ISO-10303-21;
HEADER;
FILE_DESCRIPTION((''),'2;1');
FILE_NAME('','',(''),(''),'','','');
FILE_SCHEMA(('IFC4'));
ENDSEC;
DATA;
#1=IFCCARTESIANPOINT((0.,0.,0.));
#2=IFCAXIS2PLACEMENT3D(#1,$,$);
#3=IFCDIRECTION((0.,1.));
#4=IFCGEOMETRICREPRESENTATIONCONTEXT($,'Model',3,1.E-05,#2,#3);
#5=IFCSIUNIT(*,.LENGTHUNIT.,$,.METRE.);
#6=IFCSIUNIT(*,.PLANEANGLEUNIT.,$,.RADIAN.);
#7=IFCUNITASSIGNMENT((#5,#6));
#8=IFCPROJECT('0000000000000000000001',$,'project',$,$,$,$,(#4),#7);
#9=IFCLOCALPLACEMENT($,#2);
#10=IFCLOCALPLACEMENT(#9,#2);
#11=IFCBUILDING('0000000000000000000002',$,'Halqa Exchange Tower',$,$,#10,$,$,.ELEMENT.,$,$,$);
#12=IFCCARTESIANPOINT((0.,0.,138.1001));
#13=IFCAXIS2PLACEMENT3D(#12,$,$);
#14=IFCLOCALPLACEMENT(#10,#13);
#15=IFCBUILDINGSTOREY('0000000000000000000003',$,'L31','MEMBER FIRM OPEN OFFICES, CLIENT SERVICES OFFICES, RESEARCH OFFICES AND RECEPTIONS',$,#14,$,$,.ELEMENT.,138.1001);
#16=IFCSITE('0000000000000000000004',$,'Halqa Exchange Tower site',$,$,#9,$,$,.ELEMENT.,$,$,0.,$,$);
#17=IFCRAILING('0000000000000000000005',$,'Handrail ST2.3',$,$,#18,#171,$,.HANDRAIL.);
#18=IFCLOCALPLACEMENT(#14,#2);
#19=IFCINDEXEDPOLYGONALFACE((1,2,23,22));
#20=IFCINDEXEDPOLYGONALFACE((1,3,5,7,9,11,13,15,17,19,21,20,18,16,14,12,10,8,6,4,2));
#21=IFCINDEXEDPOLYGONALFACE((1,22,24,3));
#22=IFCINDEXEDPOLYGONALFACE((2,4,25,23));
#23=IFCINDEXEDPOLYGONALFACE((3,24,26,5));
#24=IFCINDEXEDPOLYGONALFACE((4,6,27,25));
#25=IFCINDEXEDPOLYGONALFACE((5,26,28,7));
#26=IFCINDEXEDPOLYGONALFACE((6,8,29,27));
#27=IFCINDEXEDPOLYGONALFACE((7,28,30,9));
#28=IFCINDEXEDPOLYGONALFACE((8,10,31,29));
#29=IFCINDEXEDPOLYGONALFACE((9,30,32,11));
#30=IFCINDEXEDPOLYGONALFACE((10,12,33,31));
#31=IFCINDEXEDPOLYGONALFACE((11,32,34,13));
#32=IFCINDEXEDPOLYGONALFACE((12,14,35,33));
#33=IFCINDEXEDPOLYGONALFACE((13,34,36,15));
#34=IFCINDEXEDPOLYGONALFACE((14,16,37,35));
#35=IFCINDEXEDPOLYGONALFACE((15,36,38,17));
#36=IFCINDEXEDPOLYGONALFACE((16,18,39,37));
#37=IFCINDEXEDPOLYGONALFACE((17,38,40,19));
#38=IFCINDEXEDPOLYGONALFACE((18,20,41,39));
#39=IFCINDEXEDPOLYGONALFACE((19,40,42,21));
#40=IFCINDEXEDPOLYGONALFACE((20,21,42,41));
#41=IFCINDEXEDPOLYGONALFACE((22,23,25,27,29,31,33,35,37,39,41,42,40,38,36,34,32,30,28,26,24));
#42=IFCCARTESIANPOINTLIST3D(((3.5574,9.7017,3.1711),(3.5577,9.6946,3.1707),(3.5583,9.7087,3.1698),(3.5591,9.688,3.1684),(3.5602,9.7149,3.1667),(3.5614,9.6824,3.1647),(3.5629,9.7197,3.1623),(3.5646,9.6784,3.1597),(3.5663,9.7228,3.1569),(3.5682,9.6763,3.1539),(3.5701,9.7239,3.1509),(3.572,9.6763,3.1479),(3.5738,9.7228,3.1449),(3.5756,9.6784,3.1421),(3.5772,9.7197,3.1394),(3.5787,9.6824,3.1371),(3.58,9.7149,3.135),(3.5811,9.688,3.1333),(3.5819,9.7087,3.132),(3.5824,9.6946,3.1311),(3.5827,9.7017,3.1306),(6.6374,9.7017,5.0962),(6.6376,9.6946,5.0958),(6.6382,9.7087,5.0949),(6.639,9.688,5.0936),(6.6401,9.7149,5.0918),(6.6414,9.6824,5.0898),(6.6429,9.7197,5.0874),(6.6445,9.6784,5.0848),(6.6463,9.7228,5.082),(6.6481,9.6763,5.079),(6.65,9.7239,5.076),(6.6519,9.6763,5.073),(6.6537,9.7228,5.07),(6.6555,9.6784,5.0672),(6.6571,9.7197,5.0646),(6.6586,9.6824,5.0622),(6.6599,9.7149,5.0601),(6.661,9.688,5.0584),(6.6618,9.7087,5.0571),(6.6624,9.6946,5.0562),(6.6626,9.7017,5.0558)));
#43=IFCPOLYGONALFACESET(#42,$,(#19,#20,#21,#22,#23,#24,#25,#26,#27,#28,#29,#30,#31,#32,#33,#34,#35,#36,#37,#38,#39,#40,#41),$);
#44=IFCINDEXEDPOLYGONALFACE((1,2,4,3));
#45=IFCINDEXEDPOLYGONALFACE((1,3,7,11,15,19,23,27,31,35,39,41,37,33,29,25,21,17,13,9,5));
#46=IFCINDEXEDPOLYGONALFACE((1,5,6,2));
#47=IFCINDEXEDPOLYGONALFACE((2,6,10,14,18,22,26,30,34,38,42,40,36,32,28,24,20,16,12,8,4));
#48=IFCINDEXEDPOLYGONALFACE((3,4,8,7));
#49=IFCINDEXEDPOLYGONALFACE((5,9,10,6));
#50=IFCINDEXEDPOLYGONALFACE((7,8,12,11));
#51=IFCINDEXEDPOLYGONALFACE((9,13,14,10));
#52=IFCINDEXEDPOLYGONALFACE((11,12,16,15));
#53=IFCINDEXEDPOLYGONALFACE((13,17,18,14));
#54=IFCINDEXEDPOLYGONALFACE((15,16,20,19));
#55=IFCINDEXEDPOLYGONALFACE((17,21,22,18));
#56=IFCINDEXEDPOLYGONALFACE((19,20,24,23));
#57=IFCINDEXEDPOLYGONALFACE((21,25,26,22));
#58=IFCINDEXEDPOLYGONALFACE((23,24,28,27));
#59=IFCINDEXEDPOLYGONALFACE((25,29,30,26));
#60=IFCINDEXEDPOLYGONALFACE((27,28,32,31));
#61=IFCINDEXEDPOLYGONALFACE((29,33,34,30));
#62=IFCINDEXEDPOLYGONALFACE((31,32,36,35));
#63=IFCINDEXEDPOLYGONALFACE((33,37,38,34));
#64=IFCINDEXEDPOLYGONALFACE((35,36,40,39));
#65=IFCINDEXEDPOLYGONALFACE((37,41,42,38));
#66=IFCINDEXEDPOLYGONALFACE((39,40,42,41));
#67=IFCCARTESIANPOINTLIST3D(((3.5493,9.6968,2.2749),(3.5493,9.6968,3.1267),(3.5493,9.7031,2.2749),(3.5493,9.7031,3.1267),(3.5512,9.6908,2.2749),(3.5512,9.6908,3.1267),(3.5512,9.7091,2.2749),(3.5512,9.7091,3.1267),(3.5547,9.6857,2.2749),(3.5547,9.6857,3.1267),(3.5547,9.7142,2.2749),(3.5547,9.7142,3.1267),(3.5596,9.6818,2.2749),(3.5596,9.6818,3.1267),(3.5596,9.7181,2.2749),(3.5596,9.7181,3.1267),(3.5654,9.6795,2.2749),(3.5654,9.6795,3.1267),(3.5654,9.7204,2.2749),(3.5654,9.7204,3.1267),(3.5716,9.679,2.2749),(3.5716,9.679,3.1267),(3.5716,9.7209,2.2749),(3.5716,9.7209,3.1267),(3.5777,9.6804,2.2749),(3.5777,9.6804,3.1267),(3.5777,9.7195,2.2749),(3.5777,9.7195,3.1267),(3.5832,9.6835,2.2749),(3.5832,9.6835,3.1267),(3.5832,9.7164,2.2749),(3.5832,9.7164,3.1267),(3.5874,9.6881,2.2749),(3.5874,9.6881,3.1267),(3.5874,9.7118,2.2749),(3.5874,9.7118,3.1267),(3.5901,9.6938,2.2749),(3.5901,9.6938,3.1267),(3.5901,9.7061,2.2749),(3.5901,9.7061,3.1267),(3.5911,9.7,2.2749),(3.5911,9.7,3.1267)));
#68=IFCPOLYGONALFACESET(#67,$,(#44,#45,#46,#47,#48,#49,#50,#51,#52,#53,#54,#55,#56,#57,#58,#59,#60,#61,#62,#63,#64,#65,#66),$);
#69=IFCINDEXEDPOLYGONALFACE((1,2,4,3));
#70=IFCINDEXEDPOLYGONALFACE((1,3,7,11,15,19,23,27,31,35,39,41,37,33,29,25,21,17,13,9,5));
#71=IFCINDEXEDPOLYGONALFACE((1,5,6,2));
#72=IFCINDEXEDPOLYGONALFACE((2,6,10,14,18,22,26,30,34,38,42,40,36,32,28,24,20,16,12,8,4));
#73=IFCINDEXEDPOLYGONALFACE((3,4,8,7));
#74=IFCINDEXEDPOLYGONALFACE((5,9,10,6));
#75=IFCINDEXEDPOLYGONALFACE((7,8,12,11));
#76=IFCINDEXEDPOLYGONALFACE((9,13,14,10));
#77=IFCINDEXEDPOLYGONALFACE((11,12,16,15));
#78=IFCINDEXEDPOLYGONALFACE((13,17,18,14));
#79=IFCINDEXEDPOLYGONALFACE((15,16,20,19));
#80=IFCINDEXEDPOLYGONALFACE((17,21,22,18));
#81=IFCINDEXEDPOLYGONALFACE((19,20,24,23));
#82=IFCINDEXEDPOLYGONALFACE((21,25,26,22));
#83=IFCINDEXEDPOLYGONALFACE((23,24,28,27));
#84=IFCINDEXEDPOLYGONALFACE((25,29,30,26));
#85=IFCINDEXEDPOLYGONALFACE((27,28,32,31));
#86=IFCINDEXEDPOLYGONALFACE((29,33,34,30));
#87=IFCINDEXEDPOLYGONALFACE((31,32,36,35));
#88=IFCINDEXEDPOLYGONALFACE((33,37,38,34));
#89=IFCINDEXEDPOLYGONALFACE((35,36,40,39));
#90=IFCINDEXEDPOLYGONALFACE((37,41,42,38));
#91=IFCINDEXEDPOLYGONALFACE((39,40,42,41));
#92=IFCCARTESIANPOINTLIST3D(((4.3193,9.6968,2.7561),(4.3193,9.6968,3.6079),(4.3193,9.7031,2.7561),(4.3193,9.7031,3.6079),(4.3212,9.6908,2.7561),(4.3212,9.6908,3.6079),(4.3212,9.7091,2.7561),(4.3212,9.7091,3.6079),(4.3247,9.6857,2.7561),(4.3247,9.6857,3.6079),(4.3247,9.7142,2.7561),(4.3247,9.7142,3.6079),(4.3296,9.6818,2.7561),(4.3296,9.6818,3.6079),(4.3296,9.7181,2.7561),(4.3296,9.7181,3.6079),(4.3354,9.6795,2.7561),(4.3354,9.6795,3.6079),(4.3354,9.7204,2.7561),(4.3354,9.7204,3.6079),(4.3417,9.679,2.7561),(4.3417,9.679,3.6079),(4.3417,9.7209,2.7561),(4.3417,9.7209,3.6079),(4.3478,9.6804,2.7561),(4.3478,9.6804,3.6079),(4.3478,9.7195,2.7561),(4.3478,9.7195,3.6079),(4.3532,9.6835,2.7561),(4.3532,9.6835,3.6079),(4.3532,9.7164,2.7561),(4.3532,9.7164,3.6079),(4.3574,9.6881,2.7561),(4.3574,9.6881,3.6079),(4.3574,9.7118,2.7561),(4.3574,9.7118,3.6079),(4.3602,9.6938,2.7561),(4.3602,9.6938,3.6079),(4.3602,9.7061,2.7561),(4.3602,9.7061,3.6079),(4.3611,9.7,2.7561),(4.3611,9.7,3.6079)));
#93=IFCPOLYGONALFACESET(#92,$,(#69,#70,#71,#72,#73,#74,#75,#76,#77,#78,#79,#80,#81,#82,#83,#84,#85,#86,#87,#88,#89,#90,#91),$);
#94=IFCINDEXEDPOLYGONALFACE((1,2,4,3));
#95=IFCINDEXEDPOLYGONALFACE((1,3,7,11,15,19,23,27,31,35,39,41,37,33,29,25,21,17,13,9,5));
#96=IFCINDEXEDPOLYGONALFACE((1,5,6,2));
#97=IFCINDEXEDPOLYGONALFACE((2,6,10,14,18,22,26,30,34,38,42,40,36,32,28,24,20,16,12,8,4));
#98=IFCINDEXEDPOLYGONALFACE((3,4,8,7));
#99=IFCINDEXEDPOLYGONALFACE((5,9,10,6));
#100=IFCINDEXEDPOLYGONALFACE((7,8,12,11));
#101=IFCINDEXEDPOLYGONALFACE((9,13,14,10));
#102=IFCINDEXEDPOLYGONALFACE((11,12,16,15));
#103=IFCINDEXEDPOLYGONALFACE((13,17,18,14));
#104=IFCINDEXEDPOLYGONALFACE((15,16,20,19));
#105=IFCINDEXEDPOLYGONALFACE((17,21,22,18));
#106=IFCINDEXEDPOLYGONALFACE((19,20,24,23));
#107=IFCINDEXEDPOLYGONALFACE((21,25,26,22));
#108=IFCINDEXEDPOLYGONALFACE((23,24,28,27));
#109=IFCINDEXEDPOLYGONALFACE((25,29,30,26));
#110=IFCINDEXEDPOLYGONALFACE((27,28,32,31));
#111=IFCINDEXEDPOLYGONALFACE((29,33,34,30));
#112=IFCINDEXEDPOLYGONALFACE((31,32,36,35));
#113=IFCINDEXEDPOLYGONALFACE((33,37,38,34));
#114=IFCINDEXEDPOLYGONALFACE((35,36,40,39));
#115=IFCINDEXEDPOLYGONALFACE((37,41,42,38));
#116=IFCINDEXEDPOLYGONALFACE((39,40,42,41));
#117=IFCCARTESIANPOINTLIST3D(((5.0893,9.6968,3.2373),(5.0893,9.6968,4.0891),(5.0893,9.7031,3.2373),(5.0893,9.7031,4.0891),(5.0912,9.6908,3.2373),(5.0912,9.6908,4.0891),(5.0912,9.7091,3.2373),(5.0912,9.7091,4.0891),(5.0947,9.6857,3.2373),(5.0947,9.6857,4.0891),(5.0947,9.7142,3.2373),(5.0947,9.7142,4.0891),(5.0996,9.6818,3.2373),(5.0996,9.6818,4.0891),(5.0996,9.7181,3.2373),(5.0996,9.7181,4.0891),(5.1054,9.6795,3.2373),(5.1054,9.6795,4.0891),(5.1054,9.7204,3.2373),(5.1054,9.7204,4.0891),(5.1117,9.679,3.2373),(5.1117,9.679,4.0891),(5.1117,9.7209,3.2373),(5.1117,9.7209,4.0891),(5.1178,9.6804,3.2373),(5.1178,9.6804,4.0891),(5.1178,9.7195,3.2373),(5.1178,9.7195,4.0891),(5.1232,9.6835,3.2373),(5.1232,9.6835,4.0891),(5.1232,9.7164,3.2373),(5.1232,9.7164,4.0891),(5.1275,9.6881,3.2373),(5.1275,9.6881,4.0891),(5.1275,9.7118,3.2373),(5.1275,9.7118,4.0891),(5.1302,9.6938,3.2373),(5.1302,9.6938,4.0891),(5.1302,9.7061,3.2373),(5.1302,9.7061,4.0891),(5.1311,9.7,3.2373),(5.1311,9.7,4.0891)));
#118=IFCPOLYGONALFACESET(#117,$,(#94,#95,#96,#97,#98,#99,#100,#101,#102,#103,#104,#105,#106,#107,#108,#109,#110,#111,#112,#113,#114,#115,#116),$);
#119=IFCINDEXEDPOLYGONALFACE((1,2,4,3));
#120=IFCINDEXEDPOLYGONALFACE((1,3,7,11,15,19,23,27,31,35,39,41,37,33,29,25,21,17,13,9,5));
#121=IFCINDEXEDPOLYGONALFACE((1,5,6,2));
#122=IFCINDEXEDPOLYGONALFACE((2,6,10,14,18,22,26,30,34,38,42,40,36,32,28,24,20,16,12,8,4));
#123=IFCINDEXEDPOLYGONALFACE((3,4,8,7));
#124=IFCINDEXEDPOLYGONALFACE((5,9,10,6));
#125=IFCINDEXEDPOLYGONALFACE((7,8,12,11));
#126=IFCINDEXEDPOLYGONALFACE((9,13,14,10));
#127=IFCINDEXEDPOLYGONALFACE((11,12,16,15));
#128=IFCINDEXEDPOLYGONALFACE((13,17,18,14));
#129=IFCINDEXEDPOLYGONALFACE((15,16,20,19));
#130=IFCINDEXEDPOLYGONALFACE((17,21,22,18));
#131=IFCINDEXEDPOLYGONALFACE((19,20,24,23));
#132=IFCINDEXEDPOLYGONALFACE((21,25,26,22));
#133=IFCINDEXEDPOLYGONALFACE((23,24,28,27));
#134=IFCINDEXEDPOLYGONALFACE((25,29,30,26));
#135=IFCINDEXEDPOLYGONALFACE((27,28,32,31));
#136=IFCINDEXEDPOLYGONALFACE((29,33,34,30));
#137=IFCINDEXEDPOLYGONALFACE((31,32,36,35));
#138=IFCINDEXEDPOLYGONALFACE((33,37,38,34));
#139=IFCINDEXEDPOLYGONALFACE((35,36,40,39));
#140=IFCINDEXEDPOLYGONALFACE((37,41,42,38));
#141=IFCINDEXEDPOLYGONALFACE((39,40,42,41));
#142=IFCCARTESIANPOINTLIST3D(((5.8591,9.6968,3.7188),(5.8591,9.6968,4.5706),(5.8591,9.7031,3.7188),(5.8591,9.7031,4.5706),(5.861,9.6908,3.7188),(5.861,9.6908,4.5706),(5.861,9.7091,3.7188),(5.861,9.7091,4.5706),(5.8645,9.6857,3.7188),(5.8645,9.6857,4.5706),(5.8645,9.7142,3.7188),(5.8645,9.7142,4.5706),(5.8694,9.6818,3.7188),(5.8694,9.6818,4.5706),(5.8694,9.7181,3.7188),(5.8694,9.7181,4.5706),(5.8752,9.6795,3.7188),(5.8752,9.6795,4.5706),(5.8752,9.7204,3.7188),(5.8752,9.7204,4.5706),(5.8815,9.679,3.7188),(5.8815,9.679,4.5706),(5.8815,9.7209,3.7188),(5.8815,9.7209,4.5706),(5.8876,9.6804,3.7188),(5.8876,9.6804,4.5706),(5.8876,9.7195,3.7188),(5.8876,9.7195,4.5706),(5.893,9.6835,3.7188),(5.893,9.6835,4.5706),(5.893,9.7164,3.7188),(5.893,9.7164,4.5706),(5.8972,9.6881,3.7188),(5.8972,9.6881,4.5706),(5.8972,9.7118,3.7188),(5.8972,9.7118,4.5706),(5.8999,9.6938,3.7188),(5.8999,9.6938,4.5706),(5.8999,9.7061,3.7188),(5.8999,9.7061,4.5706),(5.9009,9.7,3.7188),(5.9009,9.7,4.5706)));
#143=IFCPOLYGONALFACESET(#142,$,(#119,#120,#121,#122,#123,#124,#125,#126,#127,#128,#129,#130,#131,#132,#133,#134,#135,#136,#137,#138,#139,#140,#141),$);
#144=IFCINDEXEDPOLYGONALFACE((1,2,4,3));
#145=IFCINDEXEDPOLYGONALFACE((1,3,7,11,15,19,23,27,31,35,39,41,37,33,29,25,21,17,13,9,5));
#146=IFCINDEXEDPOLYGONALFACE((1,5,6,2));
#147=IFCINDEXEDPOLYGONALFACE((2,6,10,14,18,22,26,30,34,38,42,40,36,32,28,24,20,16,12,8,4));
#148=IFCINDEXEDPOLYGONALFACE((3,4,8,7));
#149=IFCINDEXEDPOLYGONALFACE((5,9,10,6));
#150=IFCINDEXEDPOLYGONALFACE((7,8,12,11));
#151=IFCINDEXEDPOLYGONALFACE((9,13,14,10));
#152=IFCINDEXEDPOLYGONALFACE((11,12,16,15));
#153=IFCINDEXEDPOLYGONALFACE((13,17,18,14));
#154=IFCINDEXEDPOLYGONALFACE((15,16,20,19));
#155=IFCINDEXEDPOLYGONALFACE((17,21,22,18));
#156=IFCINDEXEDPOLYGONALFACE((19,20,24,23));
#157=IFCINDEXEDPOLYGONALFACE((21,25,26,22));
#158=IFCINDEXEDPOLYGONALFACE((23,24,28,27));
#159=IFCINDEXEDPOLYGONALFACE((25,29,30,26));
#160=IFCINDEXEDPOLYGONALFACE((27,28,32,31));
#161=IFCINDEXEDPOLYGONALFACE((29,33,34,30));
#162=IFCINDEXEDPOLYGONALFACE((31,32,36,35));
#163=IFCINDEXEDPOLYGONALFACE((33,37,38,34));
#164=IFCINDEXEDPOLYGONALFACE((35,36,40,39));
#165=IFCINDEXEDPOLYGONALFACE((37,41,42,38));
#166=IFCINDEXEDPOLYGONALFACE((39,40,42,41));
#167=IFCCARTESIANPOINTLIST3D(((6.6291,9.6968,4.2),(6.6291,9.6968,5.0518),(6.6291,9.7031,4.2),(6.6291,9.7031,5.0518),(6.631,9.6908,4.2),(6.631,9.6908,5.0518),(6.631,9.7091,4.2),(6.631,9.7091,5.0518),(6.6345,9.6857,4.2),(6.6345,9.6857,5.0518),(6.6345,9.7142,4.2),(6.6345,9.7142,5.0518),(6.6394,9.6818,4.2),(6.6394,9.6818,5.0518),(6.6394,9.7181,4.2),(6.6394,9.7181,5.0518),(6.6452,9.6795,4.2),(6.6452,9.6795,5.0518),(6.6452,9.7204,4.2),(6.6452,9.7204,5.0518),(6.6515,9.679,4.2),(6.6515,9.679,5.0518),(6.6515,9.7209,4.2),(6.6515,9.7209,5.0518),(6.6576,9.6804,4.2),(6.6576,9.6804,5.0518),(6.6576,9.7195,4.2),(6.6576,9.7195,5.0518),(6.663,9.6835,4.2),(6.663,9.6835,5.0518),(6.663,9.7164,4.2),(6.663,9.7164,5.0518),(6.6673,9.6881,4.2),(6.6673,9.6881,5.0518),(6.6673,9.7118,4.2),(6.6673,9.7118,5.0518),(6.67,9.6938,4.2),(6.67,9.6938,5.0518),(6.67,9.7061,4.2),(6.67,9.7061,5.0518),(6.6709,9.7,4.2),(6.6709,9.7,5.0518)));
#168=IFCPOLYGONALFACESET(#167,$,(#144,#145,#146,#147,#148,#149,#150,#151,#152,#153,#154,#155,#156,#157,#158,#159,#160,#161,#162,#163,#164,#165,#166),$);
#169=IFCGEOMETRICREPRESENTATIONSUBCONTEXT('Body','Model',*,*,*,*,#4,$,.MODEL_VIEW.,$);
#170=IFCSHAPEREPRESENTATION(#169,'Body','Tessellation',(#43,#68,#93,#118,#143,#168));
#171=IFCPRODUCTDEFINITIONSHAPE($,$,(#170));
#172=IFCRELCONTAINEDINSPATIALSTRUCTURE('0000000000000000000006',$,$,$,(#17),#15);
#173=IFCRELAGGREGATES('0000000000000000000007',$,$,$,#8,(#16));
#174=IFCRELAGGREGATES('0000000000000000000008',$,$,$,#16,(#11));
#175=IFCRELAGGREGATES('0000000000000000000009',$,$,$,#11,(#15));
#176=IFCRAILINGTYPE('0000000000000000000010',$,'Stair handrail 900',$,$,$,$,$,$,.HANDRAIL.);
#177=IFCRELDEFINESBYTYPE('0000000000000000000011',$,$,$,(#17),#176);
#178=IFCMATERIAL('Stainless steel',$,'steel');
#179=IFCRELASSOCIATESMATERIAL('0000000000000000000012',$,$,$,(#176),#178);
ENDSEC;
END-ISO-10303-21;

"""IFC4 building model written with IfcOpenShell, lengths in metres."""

from ifc_helpers import new_model, si_unit, direction, frame, origin, origin_2d, place, context, subcontext, project, spatial, circle, extrude, material, type_object, element, save


model = new_model("IFC4")

# Units and contexts
model_context = context("Model", 3, precision=1e-05, world=origin(), true_north=direction((0.0, 1.0)))
body_context = subcontext(model_context, "Body", "Model", "MODEL_VIEW")
ifc_project = project(units=[si_unit("LENGTHUNIT", "METRE"), si_unit("PLANEANGLEUNIT", "RADIAN")], contexts=[model_context])

# Site, building, storey
site_placement = place(None, origin())
site = spatial("IfcSite", under=ifc_project, at=site_placement, Name="Halqa Exchange Tower site", CompositionType="ELEMENT", RefElevation=0.0)
building_placement = place(site_placement, origin())
building = spatial("IfcBuilding", under=site, at=building_placement, Name="Halqa Exchange Tower", CompositionType="ELEMENT")
storey_placement = place(building_placement, frame((0.0, 0.0, 138.1001)))
storey = spatial("IfcBuildingStorey", under=building, at=storey_placement, Name="L31", Description="MEMBER FIRM OPEN OFFICES, CLIENT SERVICES OFFICES, RESEARCH OFFICES AND RECEPTIONS", CompositionType="ELEMENT", Elevation=138.1001)

# Railing
ifc_material_1 = material(Name="Stainless steel", Category="steel")
railing_type_1 = type_object("IfcRailingType", Name="Stair handrail 900", PredefinedType="HANDRAIL", material=ifc_material_1)
railing_1_placement = place(storey_placement, frame((3.5701, 9.7, 2.2749)))
element("IfcRailing", 1, at=railing_1_placement, inside=storey, type_object=railing_type_1, Name="Handrail ST2.3", PredefinedType="HANDRAIL", context=body_context, shape_type="SweptSolid", body=[
    extrude(circle(Radius=0.0239, at=origin_2d()), frame((0.0, 0.0, 0.876), z_axis=(0.847979, 0.0, 0.530029), x_axis=(0.0, 1.0, 0.0)), (0.0, 0.0, 1.0), 3.6321),
    extrude(circle(Radius=0.021, at=origin_2d()), origin(), (0.0, 0.0, 1.0), 0.8518),
    extrude(circle(Radius=0.021, at=origin_2d()), frame((0.77, 0.0, 0.4812)), (0.0, 0.0, 1.0), 0.8518),
    extrude(circle(Radius=0.021, at=origin_2d()), frame((1.54, 0.0, 0.9624)), (0.0, 0.0, 1.0), 0.8518),
    extrude(circle(Radius=0.021, at=origin_2d()), frame((2.3098, 0.0, 1.4438)), (0.0, 0.0, 1.0), 0.8518),
    extrude(circle(Radius=0.021, at=origin_2d()), frame((3.0798, 0.0, 1.925)), (0.0, 0.0, 1.0), 0.8518),
])

save(model, "model.ifc")
